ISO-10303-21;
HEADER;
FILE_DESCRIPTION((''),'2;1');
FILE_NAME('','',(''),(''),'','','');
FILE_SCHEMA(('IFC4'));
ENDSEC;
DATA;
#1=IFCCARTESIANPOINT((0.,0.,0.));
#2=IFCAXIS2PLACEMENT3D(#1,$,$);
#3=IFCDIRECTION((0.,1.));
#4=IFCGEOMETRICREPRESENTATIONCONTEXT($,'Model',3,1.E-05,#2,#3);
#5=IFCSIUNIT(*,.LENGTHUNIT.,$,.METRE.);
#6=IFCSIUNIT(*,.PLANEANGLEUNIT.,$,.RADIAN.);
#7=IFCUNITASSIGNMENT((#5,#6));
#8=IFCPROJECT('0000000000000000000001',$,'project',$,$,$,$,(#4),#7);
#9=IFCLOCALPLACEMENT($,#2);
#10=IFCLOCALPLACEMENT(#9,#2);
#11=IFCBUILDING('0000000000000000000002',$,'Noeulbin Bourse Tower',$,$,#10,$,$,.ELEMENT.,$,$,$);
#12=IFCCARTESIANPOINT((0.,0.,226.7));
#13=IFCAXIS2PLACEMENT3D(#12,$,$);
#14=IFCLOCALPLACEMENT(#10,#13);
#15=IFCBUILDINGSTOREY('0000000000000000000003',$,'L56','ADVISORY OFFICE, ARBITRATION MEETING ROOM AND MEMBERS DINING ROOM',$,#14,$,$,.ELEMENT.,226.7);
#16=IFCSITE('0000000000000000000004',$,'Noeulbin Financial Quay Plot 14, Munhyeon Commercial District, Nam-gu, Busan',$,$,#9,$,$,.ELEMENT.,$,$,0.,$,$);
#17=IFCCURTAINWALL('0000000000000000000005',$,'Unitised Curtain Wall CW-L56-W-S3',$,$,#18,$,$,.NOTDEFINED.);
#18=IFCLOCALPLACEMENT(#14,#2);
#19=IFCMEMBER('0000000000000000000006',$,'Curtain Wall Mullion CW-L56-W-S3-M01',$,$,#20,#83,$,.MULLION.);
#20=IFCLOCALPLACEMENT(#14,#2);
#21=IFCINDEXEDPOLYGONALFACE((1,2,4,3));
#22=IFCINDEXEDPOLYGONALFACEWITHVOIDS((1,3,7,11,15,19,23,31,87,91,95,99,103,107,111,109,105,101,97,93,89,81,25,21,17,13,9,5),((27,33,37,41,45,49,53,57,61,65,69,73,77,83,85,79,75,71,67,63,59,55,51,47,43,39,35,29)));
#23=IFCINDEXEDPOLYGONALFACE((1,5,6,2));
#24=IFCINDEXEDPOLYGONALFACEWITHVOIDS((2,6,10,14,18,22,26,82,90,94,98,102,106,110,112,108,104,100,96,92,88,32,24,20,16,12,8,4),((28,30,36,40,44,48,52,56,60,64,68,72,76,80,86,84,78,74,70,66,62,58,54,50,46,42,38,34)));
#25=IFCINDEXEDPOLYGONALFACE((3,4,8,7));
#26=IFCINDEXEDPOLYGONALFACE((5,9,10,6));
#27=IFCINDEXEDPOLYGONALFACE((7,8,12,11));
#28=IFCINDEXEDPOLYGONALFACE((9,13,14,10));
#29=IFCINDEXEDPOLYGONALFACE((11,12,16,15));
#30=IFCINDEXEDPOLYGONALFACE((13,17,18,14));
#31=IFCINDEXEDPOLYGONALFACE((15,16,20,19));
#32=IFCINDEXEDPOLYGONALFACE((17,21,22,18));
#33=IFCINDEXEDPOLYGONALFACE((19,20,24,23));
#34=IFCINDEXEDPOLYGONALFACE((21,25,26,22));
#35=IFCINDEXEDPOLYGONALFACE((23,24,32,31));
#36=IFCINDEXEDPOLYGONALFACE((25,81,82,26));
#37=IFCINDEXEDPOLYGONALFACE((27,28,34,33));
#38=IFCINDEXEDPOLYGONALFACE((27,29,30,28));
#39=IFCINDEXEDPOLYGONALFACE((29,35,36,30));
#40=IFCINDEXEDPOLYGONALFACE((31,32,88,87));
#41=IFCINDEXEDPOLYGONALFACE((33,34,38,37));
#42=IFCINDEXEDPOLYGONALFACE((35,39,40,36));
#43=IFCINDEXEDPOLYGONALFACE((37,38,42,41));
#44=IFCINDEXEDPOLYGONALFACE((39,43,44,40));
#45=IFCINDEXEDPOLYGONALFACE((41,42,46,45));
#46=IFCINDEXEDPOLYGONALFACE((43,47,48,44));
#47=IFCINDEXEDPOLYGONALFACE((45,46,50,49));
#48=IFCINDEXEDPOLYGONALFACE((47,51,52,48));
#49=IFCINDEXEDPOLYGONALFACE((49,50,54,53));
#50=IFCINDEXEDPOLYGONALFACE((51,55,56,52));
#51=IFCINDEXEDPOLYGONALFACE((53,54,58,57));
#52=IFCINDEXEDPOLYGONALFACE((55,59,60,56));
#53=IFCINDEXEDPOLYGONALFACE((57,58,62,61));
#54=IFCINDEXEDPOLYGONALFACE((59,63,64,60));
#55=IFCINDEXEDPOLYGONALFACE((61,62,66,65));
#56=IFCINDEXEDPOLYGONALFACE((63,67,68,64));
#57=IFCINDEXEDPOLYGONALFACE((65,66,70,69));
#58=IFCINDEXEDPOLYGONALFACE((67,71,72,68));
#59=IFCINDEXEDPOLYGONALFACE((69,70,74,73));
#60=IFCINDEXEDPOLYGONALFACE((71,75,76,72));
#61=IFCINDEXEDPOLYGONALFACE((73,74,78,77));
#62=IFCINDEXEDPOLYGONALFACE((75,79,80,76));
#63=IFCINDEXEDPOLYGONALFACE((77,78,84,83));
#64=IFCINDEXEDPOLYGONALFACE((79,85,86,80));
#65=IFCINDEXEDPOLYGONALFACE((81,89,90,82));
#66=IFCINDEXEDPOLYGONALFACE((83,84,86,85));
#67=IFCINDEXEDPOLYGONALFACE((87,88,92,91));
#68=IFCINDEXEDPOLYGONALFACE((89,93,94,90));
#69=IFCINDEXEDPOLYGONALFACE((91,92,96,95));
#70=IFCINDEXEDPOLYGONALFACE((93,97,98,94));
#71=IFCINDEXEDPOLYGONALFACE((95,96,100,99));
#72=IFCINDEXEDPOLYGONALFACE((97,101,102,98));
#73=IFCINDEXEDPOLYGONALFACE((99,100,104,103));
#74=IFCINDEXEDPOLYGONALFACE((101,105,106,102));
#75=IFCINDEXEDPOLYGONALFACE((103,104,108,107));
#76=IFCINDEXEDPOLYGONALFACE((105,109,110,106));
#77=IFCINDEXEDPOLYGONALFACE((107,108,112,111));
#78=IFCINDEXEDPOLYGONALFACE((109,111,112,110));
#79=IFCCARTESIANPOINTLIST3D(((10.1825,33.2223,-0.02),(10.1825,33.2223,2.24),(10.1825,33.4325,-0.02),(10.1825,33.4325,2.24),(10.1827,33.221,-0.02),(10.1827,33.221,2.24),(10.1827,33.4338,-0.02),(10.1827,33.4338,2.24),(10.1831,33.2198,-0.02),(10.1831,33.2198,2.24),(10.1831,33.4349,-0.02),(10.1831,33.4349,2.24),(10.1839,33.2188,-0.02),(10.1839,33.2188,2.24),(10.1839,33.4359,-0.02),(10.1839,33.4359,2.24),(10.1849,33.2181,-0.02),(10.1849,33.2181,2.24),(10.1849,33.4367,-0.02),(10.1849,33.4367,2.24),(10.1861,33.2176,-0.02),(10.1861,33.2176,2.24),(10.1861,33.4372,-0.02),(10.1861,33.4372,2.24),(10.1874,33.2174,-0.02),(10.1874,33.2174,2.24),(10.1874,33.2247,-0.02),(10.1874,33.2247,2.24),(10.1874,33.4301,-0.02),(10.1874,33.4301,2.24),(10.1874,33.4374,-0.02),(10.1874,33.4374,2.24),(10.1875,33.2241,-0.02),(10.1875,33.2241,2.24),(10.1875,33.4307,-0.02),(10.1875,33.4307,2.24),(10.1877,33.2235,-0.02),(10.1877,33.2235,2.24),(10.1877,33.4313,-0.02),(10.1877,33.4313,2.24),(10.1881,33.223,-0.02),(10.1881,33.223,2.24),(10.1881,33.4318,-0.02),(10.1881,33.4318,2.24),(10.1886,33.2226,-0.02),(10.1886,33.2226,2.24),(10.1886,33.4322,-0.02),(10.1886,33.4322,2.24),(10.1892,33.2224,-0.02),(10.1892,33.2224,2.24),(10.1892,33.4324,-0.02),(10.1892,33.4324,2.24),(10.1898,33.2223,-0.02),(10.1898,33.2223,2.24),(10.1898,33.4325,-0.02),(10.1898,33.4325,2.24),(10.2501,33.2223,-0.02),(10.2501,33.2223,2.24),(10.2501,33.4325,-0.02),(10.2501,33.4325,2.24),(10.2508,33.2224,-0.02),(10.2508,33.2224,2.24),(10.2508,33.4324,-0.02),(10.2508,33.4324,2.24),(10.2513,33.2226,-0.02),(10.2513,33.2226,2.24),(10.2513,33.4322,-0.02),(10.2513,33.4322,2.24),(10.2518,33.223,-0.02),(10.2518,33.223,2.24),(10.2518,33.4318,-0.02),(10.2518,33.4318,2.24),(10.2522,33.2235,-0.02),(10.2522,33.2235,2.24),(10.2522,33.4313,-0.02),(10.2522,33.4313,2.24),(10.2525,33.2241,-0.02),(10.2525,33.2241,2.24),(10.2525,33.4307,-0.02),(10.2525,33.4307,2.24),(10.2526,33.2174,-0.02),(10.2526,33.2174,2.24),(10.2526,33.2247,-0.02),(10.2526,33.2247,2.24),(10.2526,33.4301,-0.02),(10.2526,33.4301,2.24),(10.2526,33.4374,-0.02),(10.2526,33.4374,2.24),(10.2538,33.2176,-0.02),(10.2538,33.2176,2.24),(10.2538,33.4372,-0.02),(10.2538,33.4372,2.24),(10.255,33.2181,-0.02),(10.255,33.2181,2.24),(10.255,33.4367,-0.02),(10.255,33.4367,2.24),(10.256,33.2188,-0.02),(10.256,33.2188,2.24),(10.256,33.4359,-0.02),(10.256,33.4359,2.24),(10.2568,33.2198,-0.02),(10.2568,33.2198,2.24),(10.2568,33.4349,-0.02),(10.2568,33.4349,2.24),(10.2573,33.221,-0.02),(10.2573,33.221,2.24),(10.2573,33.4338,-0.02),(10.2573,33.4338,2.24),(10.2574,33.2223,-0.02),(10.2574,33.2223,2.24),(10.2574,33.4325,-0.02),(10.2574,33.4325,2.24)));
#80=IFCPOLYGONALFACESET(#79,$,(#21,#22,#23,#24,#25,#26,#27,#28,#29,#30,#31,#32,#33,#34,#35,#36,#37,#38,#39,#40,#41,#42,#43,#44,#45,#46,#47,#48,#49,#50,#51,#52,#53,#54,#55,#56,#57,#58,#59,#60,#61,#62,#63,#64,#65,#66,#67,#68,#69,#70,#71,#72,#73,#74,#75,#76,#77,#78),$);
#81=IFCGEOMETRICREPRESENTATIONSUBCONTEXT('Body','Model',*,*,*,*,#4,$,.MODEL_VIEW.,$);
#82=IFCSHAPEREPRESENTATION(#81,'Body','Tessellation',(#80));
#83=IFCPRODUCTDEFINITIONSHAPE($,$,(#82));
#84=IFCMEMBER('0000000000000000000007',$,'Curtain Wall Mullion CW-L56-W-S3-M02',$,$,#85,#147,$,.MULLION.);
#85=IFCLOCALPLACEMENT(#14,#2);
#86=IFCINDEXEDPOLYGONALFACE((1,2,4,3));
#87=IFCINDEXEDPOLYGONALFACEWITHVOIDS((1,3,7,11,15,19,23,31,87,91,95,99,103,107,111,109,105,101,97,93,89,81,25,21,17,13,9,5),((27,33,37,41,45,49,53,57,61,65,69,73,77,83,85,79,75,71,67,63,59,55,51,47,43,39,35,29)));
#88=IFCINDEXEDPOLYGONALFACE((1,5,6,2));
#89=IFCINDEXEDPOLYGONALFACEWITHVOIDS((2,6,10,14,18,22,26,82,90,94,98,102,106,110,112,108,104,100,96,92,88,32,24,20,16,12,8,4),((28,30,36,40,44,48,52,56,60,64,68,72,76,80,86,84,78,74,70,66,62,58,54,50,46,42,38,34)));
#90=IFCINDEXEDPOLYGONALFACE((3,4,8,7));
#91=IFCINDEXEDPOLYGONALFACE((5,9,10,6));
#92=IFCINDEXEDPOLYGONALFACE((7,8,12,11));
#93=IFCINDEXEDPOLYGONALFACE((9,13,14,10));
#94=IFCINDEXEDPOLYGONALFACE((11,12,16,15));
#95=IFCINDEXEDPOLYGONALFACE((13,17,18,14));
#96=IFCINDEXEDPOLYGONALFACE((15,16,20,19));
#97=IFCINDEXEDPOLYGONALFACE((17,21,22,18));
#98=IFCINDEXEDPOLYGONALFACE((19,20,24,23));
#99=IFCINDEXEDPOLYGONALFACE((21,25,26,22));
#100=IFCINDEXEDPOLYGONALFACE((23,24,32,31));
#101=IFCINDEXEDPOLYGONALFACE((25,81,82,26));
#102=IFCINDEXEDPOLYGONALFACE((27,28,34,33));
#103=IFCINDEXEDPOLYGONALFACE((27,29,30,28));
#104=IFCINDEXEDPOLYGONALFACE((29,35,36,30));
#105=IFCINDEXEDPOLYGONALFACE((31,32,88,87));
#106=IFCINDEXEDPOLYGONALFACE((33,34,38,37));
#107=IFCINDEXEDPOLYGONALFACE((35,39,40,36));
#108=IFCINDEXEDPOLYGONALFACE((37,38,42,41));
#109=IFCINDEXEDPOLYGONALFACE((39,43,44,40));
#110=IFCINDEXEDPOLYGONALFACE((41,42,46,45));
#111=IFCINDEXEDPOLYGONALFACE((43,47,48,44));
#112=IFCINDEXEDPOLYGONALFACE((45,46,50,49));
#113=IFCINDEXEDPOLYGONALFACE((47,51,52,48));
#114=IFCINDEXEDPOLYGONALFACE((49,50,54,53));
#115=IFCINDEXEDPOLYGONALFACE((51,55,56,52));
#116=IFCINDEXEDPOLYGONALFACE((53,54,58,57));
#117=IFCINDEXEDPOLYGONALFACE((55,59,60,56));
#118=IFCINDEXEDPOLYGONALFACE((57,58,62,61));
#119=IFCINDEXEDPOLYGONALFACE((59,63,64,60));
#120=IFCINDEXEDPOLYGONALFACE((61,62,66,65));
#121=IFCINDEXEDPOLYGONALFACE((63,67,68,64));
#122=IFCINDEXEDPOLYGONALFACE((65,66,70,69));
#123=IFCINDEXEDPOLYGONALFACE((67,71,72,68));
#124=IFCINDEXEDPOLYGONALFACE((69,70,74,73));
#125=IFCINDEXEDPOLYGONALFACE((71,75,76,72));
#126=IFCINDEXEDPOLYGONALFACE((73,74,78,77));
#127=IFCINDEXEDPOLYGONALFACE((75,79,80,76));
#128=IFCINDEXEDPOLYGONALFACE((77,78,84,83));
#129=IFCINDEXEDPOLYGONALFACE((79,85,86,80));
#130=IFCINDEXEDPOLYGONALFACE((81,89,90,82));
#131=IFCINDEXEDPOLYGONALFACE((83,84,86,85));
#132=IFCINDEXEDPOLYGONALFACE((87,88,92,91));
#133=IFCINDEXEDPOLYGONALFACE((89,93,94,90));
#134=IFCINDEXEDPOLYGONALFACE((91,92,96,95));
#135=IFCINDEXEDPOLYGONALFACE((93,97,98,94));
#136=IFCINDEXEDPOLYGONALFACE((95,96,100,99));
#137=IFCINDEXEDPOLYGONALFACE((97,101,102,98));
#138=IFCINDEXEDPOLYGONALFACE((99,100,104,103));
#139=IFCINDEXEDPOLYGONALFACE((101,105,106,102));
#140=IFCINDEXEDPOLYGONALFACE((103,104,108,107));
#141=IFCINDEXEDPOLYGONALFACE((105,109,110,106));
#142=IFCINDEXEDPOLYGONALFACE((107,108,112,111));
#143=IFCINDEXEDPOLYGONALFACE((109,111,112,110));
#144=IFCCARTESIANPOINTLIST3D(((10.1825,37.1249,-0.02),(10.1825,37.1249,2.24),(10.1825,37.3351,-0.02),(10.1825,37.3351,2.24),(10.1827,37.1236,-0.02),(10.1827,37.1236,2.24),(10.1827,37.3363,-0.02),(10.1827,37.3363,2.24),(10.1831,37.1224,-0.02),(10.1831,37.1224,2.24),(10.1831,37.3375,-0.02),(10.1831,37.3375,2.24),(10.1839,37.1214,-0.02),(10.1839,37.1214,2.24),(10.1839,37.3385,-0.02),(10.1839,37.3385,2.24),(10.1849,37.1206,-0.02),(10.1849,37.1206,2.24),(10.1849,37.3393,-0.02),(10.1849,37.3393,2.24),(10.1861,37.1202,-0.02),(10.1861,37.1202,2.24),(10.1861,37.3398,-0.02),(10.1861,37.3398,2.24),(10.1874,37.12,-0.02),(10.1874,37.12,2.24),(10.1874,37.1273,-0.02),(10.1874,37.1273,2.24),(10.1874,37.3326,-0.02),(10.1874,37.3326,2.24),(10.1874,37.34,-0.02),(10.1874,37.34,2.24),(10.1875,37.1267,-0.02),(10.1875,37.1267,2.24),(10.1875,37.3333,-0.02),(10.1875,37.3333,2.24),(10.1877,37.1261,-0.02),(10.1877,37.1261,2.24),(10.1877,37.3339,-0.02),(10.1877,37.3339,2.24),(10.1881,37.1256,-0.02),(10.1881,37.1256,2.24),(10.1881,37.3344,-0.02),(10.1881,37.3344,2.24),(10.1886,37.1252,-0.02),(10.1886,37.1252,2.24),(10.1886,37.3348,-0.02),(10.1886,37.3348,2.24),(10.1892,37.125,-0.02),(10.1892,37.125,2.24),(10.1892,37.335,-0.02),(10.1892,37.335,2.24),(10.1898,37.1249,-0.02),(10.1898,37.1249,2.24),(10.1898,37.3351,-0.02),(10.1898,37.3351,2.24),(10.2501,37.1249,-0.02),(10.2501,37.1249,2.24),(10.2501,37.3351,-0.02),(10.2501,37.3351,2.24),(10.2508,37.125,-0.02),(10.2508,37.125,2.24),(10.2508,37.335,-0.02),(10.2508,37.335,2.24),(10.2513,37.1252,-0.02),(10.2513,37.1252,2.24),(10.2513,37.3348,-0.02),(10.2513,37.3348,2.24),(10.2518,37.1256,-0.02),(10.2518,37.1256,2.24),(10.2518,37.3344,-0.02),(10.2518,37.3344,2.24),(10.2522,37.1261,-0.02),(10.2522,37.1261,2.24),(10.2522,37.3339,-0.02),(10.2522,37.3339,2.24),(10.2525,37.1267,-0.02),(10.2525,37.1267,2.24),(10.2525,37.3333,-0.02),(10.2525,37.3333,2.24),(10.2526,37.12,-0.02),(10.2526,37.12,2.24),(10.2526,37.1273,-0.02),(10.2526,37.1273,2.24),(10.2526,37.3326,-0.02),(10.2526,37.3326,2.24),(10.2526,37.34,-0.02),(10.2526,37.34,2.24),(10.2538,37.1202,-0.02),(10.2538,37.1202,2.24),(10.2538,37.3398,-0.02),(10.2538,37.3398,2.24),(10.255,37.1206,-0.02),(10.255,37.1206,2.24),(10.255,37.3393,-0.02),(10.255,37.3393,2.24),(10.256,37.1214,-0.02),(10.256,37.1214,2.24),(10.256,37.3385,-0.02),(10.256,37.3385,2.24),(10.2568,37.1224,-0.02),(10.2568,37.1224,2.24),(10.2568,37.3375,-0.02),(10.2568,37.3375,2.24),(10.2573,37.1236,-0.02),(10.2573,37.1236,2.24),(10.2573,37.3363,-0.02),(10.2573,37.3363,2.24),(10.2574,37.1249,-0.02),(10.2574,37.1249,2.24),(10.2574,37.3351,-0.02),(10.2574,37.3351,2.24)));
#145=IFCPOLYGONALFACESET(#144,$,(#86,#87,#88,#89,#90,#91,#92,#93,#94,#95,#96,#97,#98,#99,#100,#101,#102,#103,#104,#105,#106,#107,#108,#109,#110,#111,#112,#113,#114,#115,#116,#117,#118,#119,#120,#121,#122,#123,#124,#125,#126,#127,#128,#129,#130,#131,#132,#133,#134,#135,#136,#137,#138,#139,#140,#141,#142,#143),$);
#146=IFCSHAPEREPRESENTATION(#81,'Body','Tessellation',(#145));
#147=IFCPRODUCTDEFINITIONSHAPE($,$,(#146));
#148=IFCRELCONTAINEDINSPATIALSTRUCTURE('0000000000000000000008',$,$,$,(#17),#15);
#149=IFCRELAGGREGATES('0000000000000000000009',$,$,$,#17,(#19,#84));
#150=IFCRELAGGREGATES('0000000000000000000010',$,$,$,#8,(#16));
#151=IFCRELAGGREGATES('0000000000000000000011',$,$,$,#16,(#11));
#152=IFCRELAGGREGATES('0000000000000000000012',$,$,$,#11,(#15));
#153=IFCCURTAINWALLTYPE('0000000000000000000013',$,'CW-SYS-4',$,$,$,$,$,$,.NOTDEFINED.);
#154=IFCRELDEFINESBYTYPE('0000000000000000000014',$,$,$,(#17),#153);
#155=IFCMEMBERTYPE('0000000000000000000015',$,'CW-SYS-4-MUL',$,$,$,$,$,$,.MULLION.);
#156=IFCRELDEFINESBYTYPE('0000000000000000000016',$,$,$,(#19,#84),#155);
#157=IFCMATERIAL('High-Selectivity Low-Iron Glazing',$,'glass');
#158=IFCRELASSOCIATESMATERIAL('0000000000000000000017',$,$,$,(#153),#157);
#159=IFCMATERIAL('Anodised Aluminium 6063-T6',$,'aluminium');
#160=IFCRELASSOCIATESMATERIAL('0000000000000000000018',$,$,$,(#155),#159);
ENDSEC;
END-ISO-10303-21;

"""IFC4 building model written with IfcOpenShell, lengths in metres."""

from ifc_helpers import new_model, si_unit, direction, frame, origin, origin_2d, place, context, subcontext, project, spatial, hollow_rectangle, extrude, material, material_profile, profile_set, type_object, element, aggregate, save


model = new_model("IFC4")

# Units and contexts
model_context = context("Model", 3, precision=1e-05, world=origin(), true_north=direction((0.0, 1.0)))
body_context = subcontext(model_context, "Body", "Model", "MODEL_VIEW")
ifc_project = project(units=[si_unit("LENGTHUNIT", "METRE"), si_unit("PLANEANGLEUNIT", "RADIAN")], contexts=[model_context])

# Site, building, storey
site_placement = place(None, origin())
site = spatial("IfcSite", under=ifc_project, at=site_placement, Name="Noeulbin Financial Quay Plot 14, Munhyeon Commercial District, Nam-gu, Busan", CompositionType="ELEMENT", RefElevation=0.0)
building_placement = place(site_placement, origin())
building = spatial("IfcBuilding", under=site, at=building_placement, Name="Noeulbin Bourse Tower", CompositionType="ELEMENT")
storey_placement = place(building_placement, frame((0.0, 0.0, 226.7)))
storey = spatial("IfcBuildingStorey", under=building, at=storey_placement, Name="L56", Description="ADVISORY OFFICE, ARBITRATION MEETING ROOM AND MEMBERS DINING ROOM", CompositionType="ELEMENT", Elevation=226.7)

# Shared definitions
ifc_material_1 = material(Name="High-Selectivity Low-Iron Glazing", Category="glass")
curtain_wall_type = type_object("IfcCurtainWallType", Name="CW-SYS-4", PredefinedType="NOTDEFINED", material=ifc_material_1)
ifc_material_2 = material(Name="Anodised Aluminium 6063-T6", Category="aluminium")
ifc_material_profile_1 = material_profile(ifc_material_2, hollow_rectangle(XDim=0.075, YDim=0.22, WallThickness=0.0049, InnerFilletRadius=0.0024, OuterFilletRadius=0.0049, at=origin_2d()), Name="ALU-MULL-75x220x5", Category="LoadBearing")
ifc_profile_set_1 = profile_set([ifc_material_profile_1], Name="Anodised Aluminium 6063-T6")
member_type_1 = type_object("IfcMemberType", Name="CW-SYS-4-MUL", PredefinedType="MULLION", material=ifc_profile_set_1)

# Curtain wall, members
curtain_wall_1_placement = place(storey_placement, origin())
curtain_wall_1 = element("IfcCurtainWall", 1, at=curtain_wall_1_placement, inside=storey, type_object=curtain_wall_type, Name="Unitised Curtain Wall CW-L56-W-S3", PredefinedType="NOTDEFINED")
member_1_placement = place(storey_placement, frame((10.22, 33.3274, -0.02), z_axis=(0.0, 0.0, 1.0), x_axis=(1.0, 0.0, 0.0)))
member_1 = element("IfcMember", 2, at=member_1_placement, type_object=member_type_1, Name="Curtain Wall Mullion CW-L56-W-S3-M01", PredefinedType="MULLION", context=body_context, shape_type="SweptSolid", body=[
    extrude(hollow_rectangle(XDim=0.075, YDim=0.22, WallThickness=0.0049, InnerFilletRadius=0.0024, OuterFilletRadius=0.0049, at=origin_2d()), origin(), (0.0, 0.0, 1.0), 2.26),
])
member_2_placement = place(storey_placement, frame((10.22, 37.23, -0.02), z_axis=(0.0, 0.0, 1.0), x_axis=(1.0, 0.0, 0.0)))
member_2 = element("IfcMember", 3, at=member_2_placement, type_object=member_type_1, Name="Curtain Wall Mullion CW-L56-W-S3-M02", PredefinedType="MULLION", context=body_context, shape_type="SweptSolid", body=[
    extrude(hollow_rectangle(XDim=0.075, YDim=0.22, WallThickness=0.0049, InnerFilletRadius=0.0024, OuterFilletRadius=0.0049, at=origin_2d()), origin(), (0.0, 0.0, 1.0), 2.26),
])

aggregate(curtain_wall_1, [member_1, member_2])

save(model, "model.ifc")
